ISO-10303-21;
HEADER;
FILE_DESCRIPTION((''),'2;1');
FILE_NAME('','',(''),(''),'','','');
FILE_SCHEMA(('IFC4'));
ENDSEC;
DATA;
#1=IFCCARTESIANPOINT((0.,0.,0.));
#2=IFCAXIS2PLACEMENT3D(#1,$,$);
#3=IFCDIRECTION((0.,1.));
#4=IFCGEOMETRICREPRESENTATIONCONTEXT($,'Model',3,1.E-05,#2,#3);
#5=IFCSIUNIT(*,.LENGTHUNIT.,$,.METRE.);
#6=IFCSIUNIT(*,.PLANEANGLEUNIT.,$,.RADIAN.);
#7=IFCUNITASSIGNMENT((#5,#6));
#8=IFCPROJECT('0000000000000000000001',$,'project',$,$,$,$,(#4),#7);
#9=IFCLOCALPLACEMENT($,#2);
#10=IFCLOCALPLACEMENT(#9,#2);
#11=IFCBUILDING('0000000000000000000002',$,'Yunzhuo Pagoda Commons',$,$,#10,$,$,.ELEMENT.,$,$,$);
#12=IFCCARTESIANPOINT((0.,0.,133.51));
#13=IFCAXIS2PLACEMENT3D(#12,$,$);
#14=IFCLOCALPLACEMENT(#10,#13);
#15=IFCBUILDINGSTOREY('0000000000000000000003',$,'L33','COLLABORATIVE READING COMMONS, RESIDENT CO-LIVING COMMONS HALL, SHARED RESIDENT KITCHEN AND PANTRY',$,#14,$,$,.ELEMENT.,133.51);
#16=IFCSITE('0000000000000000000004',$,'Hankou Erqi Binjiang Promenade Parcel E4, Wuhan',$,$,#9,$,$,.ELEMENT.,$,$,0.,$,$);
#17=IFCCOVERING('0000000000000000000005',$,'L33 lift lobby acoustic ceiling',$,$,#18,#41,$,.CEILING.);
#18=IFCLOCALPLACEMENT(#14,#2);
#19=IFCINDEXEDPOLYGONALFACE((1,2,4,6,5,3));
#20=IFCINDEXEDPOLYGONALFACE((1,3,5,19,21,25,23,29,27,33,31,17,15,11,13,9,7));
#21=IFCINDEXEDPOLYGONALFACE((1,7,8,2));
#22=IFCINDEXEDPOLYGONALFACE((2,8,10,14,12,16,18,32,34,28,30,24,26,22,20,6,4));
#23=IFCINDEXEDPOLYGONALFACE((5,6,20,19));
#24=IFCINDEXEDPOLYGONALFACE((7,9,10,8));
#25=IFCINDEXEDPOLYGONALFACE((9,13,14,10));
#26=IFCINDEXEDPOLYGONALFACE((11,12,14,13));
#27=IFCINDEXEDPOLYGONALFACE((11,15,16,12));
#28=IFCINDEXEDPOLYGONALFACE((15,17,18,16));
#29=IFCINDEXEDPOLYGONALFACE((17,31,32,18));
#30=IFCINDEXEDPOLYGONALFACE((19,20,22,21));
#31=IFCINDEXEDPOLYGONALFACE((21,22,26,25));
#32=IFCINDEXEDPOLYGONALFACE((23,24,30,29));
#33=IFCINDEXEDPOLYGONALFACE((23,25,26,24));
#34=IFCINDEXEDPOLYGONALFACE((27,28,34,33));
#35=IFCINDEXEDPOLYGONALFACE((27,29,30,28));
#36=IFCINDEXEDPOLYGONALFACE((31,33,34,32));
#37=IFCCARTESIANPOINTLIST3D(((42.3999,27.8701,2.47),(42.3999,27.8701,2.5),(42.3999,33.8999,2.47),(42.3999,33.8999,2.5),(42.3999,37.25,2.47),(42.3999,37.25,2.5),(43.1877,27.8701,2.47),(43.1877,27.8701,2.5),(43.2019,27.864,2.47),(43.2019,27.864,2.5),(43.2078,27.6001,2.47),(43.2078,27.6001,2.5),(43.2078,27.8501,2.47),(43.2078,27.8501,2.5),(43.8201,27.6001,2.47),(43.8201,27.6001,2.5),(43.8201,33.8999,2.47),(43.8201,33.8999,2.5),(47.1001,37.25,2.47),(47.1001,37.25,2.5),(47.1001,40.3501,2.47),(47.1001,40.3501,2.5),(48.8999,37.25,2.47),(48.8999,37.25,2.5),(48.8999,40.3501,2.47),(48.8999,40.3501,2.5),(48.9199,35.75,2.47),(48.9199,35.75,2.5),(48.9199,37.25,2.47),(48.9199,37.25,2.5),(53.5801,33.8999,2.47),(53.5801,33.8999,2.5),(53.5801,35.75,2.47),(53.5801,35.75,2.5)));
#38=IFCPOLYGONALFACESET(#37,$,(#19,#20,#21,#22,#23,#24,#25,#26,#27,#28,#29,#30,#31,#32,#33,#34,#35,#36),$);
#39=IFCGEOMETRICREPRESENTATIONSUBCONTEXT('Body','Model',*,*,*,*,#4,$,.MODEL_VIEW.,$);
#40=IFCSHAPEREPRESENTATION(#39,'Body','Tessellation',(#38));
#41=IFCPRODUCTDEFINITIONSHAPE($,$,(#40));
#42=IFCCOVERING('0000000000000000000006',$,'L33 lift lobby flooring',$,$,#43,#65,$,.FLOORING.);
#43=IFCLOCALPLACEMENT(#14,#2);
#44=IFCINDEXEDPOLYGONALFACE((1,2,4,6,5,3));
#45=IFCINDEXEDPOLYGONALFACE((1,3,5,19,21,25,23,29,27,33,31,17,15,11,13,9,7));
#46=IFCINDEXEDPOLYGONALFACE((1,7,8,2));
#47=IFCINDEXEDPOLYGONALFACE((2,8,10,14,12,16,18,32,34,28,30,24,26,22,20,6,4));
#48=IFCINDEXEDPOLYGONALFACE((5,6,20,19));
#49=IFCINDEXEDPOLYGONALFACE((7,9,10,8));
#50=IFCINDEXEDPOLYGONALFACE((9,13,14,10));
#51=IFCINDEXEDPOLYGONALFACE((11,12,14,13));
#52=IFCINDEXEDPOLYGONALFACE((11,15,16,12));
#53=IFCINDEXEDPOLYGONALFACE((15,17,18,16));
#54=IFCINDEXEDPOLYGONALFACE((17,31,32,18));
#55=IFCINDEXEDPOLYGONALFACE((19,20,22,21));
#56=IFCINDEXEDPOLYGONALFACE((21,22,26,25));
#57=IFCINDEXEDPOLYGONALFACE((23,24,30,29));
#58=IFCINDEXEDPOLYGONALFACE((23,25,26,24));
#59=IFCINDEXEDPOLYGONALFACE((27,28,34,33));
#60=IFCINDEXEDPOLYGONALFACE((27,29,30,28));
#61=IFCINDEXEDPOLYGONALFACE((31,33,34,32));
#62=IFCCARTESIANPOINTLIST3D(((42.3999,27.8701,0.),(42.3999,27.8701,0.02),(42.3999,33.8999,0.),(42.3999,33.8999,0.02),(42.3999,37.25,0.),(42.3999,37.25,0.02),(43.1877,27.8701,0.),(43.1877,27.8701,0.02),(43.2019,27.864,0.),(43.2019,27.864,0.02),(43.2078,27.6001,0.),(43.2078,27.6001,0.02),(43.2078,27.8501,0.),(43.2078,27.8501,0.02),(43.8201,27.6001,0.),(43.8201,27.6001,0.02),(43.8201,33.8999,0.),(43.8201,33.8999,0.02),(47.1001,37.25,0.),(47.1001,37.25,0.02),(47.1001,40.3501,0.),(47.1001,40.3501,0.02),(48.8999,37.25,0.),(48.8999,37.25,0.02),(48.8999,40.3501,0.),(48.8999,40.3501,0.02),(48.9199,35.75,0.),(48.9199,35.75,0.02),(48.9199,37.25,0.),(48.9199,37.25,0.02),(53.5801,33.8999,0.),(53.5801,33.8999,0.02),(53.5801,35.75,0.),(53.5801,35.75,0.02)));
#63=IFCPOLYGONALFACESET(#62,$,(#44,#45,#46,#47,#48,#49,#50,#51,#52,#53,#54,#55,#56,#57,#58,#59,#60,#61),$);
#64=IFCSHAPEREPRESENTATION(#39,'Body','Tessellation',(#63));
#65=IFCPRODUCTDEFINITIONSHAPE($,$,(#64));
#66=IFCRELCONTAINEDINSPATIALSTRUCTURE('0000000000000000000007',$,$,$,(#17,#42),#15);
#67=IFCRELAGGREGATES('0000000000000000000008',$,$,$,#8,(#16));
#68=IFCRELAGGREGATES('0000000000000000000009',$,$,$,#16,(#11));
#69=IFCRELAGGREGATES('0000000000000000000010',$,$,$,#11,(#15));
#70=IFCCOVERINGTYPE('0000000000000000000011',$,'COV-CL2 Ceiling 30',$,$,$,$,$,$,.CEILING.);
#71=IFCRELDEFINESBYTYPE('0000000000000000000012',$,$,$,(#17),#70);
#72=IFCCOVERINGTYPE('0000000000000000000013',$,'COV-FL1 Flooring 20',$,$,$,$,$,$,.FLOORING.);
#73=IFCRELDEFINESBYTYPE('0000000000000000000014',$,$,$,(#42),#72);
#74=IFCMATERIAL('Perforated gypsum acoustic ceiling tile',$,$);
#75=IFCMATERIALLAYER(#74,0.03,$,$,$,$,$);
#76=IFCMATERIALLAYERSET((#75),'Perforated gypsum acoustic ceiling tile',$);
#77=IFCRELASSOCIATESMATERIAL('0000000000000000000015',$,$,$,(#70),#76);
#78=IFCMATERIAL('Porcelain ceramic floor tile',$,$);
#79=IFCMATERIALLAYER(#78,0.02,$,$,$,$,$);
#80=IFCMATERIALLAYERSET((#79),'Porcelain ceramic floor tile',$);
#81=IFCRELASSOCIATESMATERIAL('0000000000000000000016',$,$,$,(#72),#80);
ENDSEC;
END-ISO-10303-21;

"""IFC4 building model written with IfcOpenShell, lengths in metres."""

from ifc_helpers import new_model, si_unit, direction, frame, origin, place, context, subcontext, project, spatial, polyline, outline, extrude, material, layer, layer_set, type_object, element, save


model = new_model("IFC4")

# Units and contexts
model_context = context("Model", 3, precision=1e-05, world=origin(), true_north=direction((0.0, 1.0)))
body_context = subcontext(model_context, "Body", "Model", "MODEL_VIEW")
ifc_project = project(units=[si_unit("LENGTHUNIT", "METRE"), si_unit("PLANEANGLEUNIT", "RADIAN")], contexts=[model_context])

# Site, building, storey
site_placement = place(None, origin())
site = spatial("IfcSite", under=ifc_project, at=site_placement, Name="Hankou Erqi Binjiang Promenade Parcel E4, Wuhan", CompositionType="ELEMENT", RefElevation=0.0)
building_placement = place(site_placement, origin())
building = spatial("IfcBuilding", under=site, at=building_placement, Name="Yunzhuo Pagoda Commons", CompositionType="ELEMENT")
storey_placement = place(building_placement, frame((0.0, 0.0, 133.51)))
storey = spatial("IfcBuildingStorey", under=building, at=storey_placement, Name="L33", Description="COLLABORATIVE READING COMMONS, RESIDENT CO-LIVING COMMONS HALL, SHARED RESIDENT KITCHEN AND PANTRY", CompositionType="ELEMENT", Elevation=133.51)

# Coverings
ifc_material_1 = material(Name="Perforated gypsum acoustic ceiling tile")
ifc_layer_1 = layer(ifc_material_1, 0.03)
ifc_layer_set_1 = layer_set([ifc_layer_1], Name="Perforated gypsum acoustic ceiling tile")
covering_type_1 = type_object("IfcCoveringType", Name="COV-CL2 Ceiling 30", PredefinedType="CEILING", material=ifc_layer_set_1)
covering_1_placement = place(storey_placement, frame((0.0, 0.0, 2.47)))
element("IfcCovering", 1, at=covering_1_placement, inside=storey, type_object=covering_type_1, Name="L33 lift lobby acoustic ceiling", PredefinedType="CEILING", context=body_context, shape_type="SweptSolid", body=[
    extrude(outline(polyline([(42.3999, 37.25), (47.1001, 37.25), (47.1001, 40.3501), (48.8999, 40.3501), (48.8999, 37.25), (48.9199, 37.25), (48.9199, 35.75), (53.5801, 35.75), (53.5801, 33.8999), (43.8201, 33.8999), (43.8201, 27.6001), (43.2078, 27.6001), (43.2078, 27.8501), (43.2019, 27.864), (43.1877, 27.8701), (42.3999, 27.8701), (42.3999, 33.8999), (42.3999, 37.25)])), origin(), (0.0, 0.0, 1.0), 0.03),
])
ifc_material_2 = material(Name="Porcelain ceramic floor tile")
ifc_layer_2 = layer(ifc_material_2, 0.02)
ifc_layer_set_2 = layer_set([ifc_layer_2], Name="Porcelain ceramic floor tile")
covering_type_2 = type_object("IfcCoveringType", Name="COV-FL1 Flooring 20", PredefinedType="FLOORING", material=ifc_layer_set_2)
covering_2_placement = place(storey_placement, origin())
element("IfcCovering", 2, at=covering_2_placement, inside=storey, type_object=covering_type_2, Name="L33 lift lobby flooring", PredefinedType="FLOORING", context=body_context, shape_type="SweptSolid", body=[
    extrude(outline(polyline([(42.3999, 37.25), (47.1001, 37.25), (47.1001, 40.3501), (48.8999, 40.3501), (48.8999, 37.25), (48.9199, 37.25), (48.9199, 35.75), (53.5801, 35.75), (53.5801, 33.8999), (43.8201, 33.8999), (43.8201, 27.6001), (43.2078, 27.6001), (43.2078, 27.8501), (43.2019, 27.864), (43.1877, 27.8701), (42.3999, 27.8701), (42.3999, 33.8999), (42.3999, 37.25)])), origin(), (0.0, 0.0, 1.0), 0.02),
])

save(model, "model.ifc")
